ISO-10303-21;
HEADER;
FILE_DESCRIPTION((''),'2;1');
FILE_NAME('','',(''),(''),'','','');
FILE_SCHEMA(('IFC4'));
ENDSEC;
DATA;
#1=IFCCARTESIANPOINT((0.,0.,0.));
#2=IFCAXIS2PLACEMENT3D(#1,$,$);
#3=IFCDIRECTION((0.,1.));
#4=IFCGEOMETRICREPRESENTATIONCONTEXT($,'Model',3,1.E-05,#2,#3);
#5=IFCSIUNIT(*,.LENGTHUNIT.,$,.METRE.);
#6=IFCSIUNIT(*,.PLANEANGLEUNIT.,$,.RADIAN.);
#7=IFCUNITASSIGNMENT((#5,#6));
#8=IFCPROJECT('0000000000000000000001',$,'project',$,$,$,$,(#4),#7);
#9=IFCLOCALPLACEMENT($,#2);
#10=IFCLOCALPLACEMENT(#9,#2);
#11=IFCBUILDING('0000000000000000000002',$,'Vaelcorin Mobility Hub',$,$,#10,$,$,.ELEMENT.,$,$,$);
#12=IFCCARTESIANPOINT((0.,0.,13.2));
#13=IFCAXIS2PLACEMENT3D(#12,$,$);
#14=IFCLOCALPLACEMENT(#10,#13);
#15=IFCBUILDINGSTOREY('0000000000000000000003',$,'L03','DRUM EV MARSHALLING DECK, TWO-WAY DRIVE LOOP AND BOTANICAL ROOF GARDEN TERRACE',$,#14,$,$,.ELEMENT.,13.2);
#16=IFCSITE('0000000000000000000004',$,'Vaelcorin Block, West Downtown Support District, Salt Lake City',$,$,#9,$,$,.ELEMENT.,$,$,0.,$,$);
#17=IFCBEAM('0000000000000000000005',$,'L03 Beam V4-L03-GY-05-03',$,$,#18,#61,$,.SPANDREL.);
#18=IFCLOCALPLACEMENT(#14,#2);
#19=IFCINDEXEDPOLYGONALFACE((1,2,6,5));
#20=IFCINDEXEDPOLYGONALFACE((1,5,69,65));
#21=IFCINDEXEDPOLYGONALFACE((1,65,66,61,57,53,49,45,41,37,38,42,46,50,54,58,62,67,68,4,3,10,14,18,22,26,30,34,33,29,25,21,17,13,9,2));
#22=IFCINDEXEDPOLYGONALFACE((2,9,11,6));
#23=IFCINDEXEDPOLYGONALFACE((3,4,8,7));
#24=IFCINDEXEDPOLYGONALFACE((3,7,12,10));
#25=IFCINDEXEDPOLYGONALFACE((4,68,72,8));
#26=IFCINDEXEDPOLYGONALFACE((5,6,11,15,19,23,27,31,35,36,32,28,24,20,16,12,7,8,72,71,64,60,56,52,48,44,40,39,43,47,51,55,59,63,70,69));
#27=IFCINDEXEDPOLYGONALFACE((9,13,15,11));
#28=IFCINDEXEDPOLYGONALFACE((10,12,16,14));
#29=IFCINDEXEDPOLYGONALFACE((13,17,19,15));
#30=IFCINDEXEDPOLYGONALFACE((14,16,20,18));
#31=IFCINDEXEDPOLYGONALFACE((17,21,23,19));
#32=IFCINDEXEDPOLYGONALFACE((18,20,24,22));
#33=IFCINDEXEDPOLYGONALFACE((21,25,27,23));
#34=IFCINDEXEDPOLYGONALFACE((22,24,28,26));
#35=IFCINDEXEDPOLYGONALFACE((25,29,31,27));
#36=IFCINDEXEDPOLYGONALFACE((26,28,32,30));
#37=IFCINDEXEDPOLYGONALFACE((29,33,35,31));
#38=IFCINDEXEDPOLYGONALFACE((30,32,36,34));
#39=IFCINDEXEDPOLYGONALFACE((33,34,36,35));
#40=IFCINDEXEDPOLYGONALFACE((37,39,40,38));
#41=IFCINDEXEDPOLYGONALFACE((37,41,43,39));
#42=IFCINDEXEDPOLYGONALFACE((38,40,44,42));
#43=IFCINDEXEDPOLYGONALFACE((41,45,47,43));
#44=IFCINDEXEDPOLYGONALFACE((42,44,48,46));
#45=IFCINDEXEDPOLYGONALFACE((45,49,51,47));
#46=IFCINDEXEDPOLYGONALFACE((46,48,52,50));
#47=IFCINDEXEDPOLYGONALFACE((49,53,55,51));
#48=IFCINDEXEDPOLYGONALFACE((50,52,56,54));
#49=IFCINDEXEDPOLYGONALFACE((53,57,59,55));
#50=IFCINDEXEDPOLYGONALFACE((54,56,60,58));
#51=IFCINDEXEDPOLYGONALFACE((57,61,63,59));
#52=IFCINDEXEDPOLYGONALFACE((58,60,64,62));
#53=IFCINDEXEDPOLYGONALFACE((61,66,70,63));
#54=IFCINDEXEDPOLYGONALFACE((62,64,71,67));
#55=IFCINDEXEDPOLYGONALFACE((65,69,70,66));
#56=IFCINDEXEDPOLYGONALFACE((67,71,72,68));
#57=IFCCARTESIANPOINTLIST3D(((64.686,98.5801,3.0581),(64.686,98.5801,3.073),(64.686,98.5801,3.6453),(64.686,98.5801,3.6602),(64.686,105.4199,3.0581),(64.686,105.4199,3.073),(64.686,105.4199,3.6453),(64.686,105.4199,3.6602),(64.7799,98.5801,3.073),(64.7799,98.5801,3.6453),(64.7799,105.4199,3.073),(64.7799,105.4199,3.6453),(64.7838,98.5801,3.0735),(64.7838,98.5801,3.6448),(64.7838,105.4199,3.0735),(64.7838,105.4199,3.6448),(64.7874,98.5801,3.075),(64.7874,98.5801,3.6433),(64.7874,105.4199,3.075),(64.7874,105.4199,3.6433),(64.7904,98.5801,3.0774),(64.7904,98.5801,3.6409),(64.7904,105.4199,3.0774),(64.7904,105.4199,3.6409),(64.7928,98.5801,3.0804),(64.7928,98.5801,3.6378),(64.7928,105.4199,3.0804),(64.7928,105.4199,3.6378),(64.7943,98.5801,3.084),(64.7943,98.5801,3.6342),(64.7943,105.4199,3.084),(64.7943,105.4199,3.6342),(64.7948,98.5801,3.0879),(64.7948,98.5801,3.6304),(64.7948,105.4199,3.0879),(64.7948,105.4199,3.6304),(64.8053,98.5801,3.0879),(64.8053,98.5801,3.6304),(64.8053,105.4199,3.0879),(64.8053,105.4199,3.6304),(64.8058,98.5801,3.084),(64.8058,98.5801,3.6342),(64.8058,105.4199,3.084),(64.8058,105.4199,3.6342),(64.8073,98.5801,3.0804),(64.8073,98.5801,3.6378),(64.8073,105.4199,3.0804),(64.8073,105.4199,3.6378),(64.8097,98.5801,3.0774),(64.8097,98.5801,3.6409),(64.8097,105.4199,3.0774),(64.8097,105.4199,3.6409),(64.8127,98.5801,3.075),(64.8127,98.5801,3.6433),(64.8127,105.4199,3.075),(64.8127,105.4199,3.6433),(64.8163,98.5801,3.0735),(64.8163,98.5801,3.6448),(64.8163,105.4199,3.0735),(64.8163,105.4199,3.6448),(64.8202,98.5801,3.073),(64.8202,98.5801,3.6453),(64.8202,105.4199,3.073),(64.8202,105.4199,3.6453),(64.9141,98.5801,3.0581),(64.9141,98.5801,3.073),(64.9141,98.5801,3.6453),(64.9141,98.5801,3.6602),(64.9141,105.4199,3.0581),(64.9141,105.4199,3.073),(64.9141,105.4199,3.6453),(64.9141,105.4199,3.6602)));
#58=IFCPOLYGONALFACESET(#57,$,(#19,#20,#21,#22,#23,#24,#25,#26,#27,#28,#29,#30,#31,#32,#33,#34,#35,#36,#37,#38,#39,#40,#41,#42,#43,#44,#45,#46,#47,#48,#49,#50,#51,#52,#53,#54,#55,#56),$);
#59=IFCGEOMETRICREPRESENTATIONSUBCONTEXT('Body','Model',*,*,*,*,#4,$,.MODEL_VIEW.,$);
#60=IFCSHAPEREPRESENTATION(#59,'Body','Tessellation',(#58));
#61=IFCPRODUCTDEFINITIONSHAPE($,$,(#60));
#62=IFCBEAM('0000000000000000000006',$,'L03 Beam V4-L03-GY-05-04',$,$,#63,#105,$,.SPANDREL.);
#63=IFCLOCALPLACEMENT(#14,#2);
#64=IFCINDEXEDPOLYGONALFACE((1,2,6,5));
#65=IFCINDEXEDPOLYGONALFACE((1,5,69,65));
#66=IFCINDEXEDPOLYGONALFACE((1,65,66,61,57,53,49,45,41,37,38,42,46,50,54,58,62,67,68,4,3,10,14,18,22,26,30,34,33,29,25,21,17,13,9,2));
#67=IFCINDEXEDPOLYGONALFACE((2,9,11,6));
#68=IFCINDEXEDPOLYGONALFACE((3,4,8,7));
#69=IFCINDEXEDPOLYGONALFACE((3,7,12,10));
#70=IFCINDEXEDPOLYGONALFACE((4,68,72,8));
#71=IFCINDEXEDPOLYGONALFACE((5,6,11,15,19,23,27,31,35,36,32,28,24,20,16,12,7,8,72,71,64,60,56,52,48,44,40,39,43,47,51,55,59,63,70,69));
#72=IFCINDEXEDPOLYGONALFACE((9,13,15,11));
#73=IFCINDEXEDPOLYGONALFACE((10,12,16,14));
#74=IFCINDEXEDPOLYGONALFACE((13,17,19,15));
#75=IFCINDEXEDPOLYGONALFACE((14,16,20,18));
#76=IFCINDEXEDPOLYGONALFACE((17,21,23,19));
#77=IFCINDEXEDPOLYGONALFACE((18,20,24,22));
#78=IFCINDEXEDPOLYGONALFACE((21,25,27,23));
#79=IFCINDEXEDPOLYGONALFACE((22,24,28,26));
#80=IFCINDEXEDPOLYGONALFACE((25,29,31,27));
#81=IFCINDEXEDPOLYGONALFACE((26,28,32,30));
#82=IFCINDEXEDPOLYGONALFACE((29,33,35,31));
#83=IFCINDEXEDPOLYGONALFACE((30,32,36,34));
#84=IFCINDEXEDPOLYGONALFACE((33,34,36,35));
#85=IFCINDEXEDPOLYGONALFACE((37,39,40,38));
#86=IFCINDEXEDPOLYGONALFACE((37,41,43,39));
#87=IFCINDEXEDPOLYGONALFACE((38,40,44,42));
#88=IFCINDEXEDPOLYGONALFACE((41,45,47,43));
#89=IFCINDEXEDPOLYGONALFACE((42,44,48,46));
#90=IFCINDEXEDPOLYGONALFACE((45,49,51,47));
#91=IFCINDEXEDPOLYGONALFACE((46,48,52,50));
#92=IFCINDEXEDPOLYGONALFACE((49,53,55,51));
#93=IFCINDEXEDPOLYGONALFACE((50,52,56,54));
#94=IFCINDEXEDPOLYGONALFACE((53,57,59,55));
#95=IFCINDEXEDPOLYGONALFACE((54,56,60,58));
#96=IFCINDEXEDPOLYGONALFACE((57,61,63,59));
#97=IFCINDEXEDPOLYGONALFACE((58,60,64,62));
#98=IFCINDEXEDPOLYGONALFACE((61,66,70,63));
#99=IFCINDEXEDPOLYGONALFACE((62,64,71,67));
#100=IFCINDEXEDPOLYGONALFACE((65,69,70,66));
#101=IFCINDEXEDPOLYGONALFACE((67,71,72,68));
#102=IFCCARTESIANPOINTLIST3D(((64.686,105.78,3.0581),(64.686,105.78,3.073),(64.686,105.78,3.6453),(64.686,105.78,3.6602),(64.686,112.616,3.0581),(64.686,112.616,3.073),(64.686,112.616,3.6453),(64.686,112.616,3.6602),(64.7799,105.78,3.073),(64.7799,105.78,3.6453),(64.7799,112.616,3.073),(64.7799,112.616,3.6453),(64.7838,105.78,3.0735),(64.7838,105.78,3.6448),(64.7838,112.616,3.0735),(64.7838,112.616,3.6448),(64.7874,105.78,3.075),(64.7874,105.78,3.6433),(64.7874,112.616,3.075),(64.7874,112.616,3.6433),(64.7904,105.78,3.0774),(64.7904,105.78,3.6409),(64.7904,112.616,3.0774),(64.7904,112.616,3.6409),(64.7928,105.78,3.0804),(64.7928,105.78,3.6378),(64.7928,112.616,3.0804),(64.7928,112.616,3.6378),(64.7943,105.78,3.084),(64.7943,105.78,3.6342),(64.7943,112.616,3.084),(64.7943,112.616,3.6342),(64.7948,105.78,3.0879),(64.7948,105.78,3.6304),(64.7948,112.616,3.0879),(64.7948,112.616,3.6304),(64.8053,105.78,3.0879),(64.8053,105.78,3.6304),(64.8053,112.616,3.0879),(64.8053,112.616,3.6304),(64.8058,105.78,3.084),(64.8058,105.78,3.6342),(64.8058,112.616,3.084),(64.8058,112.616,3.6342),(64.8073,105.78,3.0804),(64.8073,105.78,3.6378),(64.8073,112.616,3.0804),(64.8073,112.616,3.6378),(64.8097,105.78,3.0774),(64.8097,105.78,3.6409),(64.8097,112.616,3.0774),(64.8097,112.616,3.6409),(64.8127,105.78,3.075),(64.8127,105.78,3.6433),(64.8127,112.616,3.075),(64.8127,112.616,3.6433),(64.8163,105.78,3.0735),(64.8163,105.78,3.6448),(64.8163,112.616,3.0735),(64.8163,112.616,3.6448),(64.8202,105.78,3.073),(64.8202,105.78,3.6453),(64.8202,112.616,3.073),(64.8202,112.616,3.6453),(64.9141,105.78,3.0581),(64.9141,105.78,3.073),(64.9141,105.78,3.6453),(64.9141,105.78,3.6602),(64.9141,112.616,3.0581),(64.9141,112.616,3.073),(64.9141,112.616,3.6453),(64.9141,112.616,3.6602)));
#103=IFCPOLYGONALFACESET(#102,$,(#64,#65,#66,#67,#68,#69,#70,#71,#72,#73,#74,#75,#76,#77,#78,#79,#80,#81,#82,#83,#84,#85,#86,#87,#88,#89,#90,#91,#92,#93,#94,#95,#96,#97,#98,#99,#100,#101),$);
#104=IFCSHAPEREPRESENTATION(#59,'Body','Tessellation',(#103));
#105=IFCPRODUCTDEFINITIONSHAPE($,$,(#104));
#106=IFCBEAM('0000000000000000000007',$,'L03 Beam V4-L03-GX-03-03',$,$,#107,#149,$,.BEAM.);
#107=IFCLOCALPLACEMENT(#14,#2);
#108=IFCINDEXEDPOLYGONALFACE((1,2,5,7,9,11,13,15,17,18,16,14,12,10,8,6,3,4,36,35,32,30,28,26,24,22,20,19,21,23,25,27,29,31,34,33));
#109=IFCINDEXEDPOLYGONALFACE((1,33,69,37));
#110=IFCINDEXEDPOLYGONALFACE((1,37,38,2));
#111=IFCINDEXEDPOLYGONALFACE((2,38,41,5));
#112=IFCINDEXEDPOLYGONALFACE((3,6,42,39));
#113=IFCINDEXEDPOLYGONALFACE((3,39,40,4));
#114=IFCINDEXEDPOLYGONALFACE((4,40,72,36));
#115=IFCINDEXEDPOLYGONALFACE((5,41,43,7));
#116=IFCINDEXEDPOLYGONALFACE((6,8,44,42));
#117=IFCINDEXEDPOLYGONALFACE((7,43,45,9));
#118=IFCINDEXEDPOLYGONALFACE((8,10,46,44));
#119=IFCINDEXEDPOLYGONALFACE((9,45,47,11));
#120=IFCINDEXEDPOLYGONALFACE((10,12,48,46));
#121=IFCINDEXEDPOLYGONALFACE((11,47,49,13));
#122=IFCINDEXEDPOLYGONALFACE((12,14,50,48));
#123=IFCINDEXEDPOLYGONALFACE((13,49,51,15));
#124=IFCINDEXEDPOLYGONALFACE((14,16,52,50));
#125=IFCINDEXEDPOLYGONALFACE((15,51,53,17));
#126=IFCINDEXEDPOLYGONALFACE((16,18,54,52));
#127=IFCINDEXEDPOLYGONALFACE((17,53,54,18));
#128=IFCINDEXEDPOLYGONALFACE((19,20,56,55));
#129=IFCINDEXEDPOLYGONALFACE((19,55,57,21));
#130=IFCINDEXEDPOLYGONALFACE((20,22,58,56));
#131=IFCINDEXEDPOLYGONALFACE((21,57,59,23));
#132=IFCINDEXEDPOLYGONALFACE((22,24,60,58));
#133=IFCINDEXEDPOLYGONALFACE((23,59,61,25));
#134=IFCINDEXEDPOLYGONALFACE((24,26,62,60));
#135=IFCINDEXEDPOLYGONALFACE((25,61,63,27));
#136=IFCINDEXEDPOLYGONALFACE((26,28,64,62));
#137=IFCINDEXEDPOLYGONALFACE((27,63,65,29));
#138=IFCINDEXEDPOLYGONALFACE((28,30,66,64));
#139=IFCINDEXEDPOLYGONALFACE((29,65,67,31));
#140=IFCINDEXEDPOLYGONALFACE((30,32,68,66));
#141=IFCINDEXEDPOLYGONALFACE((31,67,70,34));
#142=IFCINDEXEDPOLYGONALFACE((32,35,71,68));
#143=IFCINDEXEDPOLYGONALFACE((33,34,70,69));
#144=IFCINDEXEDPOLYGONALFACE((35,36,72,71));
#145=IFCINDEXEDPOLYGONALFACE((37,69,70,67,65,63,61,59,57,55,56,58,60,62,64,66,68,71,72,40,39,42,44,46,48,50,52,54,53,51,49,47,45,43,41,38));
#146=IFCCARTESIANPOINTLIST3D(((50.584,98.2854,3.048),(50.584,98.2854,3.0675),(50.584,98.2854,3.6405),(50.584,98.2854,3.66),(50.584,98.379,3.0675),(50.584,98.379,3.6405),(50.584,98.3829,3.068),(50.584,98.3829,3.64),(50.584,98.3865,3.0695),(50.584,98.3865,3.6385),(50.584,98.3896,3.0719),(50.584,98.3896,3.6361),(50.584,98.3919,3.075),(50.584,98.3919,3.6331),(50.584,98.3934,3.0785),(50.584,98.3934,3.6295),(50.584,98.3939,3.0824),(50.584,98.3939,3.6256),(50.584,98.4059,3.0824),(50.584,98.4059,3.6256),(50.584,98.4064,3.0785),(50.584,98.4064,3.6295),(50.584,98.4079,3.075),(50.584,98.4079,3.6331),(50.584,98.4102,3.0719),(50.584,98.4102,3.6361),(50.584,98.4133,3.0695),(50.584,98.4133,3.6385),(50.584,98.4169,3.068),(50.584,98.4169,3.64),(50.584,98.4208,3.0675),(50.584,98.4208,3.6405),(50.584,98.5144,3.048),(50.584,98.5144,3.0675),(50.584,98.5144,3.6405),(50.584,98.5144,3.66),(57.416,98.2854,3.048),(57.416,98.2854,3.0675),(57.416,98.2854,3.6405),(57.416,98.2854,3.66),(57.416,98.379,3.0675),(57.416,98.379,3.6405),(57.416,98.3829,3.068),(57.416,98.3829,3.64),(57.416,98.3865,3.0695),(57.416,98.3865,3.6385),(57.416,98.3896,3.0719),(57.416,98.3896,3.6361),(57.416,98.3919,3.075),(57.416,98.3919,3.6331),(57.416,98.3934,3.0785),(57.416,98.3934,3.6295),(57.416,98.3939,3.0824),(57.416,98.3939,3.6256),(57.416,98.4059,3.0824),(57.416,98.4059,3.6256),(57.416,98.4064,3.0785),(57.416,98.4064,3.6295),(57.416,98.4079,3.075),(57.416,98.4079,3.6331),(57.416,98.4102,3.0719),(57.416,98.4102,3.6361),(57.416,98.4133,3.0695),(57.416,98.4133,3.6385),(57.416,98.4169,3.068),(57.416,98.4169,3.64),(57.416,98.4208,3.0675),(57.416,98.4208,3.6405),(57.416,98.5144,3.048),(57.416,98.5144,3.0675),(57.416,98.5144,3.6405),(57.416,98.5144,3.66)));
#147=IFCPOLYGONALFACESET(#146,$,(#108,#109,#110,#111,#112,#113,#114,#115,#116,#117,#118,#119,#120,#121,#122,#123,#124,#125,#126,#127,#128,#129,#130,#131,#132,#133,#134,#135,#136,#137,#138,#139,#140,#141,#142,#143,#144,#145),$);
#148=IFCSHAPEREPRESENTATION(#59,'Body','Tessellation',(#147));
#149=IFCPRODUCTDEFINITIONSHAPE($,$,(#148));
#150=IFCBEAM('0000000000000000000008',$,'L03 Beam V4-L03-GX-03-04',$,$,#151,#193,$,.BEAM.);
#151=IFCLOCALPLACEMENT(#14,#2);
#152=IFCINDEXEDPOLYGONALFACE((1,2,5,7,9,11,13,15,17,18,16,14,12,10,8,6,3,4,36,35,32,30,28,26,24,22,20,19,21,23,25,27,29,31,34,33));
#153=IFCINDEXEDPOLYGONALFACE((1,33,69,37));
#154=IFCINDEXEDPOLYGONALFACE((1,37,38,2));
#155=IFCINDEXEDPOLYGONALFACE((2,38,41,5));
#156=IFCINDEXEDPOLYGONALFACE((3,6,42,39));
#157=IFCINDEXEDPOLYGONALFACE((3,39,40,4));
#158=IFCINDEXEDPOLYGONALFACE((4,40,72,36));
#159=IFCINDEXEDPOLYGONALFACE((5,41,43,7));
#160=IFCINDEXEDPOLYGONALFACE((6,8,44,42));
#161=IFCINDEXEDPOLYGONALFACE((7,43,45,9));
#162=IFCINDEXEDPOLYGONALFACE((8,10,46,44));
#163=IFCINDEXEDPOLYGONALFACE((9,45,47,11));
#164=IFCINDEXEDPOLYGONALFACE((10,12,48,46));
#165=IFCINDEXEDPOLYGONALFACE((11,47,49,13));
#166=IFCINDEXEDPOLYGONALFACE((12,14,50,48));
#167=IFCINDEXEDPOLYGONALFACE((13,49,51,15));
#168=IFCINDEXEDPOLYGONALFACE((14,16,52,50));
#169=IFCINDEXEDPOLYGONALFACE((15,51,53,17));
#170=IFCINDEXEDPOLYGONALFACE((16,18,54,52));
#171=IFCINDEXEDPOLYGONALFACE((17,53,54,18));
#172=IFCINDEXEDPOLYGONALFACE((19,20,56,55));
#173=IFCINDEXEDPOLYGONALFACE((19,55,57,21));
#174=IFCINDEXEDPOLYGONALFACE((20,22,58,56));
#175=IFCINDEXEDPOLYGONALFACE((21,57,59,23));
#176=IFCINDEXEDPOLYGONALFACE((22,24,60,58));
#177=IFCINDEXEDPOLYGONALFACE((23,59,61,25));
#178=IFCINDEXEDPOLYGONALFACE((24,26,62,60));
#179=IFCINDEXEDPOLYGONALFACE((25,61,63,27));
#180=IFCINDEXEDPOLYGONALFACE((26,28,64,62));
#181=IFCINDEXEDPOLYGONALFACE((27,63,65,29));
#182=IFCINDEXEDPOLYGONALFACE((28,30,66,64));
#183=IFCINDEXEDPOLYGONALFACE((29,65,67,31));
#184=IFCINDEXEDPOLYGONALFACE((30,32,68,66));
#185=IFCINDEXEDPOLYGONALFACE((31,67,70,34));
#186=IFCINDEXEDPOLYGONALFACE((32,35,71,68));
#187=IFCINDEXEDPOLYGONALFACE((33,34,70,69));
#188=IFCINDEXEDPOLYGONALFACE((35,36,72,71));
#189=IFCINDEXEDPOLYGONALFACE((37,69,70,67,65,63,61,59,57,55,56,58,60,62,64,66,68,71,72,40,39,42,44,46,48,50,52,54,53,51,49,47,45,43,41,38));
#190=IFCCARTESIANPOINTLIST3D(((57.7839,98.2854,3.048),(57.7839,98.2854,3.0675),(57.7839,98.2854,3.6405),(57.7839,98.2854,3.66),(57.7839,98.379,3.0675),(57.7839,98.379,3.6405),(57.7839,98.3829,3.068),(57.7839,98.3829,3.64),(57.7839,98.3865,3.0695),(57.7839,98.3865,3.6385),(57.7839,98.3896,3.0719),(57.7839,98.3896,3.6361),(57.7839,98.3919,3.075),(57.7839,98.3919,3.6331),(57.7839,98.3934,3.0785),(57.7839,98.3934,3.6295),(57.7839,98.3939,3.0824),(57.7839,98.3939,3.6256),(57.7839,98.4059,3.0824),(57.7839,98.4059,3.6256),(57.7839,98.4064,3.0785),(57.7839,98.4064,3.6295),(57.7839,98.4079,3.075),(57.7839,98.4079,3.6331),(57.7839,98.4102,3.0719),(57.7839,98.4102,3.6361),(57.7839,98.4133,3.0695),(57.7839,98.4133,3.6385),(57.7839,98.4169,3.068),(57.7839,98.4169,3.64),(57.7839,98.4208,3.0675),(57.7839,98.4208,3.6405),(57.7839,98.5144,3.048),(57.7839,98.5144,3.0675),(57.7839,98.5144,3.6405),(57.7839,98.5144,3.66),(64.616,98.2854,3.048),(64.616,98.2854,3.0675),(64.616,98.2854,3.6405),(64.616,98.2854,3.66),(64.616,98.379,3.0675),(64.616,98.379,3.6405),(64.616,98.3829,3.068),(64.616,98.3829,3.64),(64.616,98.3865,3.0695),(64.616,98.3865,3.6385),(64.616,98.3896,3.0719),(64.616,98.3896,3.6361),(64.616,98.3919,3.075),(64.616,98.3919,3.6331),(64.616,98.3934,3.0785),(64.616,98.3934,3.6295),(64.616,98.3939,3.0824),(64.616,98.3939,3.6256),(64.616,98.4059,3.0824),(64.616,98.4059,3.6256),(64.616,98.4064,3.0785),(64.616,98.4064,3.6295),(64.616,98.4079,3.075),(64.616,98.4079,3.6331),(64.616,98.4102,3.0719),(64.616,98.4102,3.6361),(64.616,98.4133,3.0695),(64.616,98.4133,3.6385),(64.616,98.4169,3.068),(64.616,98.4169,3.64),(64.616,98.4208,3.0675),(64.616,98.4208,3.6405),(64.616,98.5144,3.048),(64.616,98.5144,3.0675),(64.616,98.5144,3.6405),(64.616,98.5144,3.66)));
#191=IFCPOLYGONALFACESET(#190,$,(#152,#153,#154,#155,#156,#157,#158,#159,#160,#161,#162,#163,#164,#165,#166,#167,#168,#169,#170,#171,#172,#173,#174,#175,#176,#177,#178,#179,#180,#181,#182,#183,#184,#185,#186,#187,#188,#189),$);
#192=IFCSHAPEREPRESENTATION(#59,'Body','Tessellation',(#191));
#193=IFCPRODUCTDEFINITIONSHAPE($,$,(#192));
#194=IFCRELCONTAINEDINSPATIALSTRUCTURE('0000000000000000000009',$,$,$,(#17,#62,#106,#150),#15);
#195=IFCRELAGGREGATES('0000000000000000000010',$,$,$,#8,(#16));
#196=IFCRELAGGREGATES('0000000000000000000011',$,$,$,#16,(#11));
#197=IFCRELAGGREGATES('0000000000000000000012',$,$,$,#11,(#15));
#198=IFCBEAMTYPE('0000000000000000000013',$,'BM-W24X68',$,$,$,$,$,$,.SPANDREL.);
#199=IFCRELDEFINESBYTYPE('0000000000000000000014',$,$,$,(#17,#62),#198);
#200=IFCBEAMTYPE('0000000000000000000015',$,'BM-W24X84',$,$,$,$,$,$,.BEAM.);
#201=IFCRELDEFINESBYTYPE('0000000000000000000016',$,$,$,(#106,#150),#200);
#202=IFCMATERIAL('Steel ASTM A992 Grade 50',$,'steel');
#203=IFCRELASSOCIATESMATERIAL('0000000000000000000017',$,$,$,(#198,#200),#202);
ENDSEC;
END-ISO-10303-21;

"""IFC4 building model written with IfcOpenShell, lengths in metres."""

from ifc_helpers import new_model, si_unit, direction, frame, origin, origin_2d, place, context, subcontext, project, spatial, i_section, extrude, material, material_profile, profile_set, type_object, element, save


model = new_model("IFC4")

# Units and contexts
model_context = context("Model", 3, precision=1e-05, world=origin(), true_north=direction((0.0, 1.0)))
body_context = subcontext(model_context, "Body", "Model", "MODEL_VIEW")
ifc_project = project(units=[si_unit("LENGTHUNIT", "METRE"), si_unit("PLANEANGLEUNIT", "RADIAN")], contexts=[model_context])

# Site, building, storey
site_placement = place(None, origin())
site = spatial("IfcSite", under=ifc_project, at=site_placement, Name="Vaelcorin Block, West Downtown Support District, Salt Lake City", CompositionType="ELEMENT", RefElevation=0.0)
building_placement = place(site_placement, origin())
building = spatial("IfcBuilding", under=site, at=building_placement, Name="Vaelcorin Mobility Hub", CompositionType="ELEMENT")
storey_placement = place(building_placement, frame((0.0, 0.0, 13.2)))
storey = spatial("IfcBuildingStorey", under=building, at=storey_placement, Name="L03", Description="DRUM EV MARSHALLING DECK, TWO-WAY DRIVE LOOP AND BOTANICAL ROOF GARDEN TERRACE", CompositionType="ELEMENT", Elevation=13.2)

# Shared definitions
ifc_material_1 = material(Name="Steel ASTM A992 Grade 50", Category="steel")

# Beams
ifc_material_profile_1 = material_profile(ifc_material_1, i_section(OverallWidth=0.228, OverallDepth=0.6021, WebThickness=0.0105, FlangeThickness=0.0149, FilletRadius=0.0149, at=origin_2d()), Name="W24X68")
ifc_profile_set_1 = profile_set([ifc_material_profile_1], Name="Steel ASTM A992 Grade 50")
beam_type_1 = type_object("IfcBeamType", Name="BM-W24X68", PredefinedType="SPANDREL", material=ifc_profile_set_1)
beam_1_placement = place(storey_placement, frame((64.8, 98.5801, 3.3591), z_axis=(0.0, 1.0, 0.0), x_axis=(-1.0, 0.0, 0.0)))
element("IfcBeam", 1, at=beam_1_placement, inside=storey, type_object=beam_type_1, Name="L03 Beam V4-L03-GY-05-03", PredefinedType="SPANDREL", context=body_context, shape_type="SweptSolid", body=[
    extrude(i_section(OverallWidth=0.228, OverallDepth=0.6021, WebThickness=0.0105, FlangeThickness=0.0149, FilletRadius=0.0149, at=origin_2d()), origin(), (0.0, 0.0, 1.0), 6.8398),
])
beam_2_placement = place(storey_placement, frame((64.8, 105.78, 3.3591), z_axis=(0.0, 1.0, 0.0), x_axis=(-1.0, 0.0, 0.0)))
element("IfcBeam", 2, at=beam_2_placement, inside=storey, type_object=beam_type_1, Name="L03 Beam V4-L03-GY-05-04", PredefinedType="SPANDREL", context=body_context, shape_type="SweptSolid", body=[
    extrude(i_section(OverallWidth=0.228, OverallDepth=0.6021, WebThickness=0.0105, FlangeThickness=0.0149, FilletRadius=0.0149, at=origin_2d()), origin(), (0.0, 0.0, 1.0), 6.8359),
])
ifc_material_profile_2 = material_profile(ifc_material_1, i_section(OverallWidth=0.229, OverallDepth=0.6121, WebThickness=0.012, FlangeThickness=0.0195, FilletRadius=0.0149, at=origin_2d()), Name="W24X84")
ifc_profile_set_2 = profile_set([ifc_material_profile_2], Name="Steel ASTM A992 Grade 50")
beam_type_2 = type_object("IfcBeamType", Name="BM-W24X84", PredefinedType="BEAM", material=ifc_profile_set_2)
for number, where, z_axis, x_axis, name in (
    (3, (50.584, 98.3999, 3.354), (1.0, 0.0, 0.0), (0.0, 1.0, 0.0), "L03 Beam V4-L03-GX-03-03"),
    (4, (57.7839, 98.3999, 3.354), (1.0, 0.0, 0.0), (0.0, 1.0, 0.0), "L03 Beam V4-L03-GX-03-04"),
):
    element("IfcBeam", number, at=place(storey_placement, frame(where, z_axis=z_axis, x_axis=x_axis)), inside=storey, type_object=beam_type_2, Name=name, PredefinedType="BEAM", context=body_context, shape_type="SweptSolid", body=[
        extrude(i_section(OverallWidth=0.229, OverallDepth=0.6121, WebThickness=0.012, FlangeThickness=0.0195, FilletRadius=0.0149, at=origin_2d()), origin(), (0.0, 0.0, 1.0), 6.832),
    ])

save(model, "model.ifc")
